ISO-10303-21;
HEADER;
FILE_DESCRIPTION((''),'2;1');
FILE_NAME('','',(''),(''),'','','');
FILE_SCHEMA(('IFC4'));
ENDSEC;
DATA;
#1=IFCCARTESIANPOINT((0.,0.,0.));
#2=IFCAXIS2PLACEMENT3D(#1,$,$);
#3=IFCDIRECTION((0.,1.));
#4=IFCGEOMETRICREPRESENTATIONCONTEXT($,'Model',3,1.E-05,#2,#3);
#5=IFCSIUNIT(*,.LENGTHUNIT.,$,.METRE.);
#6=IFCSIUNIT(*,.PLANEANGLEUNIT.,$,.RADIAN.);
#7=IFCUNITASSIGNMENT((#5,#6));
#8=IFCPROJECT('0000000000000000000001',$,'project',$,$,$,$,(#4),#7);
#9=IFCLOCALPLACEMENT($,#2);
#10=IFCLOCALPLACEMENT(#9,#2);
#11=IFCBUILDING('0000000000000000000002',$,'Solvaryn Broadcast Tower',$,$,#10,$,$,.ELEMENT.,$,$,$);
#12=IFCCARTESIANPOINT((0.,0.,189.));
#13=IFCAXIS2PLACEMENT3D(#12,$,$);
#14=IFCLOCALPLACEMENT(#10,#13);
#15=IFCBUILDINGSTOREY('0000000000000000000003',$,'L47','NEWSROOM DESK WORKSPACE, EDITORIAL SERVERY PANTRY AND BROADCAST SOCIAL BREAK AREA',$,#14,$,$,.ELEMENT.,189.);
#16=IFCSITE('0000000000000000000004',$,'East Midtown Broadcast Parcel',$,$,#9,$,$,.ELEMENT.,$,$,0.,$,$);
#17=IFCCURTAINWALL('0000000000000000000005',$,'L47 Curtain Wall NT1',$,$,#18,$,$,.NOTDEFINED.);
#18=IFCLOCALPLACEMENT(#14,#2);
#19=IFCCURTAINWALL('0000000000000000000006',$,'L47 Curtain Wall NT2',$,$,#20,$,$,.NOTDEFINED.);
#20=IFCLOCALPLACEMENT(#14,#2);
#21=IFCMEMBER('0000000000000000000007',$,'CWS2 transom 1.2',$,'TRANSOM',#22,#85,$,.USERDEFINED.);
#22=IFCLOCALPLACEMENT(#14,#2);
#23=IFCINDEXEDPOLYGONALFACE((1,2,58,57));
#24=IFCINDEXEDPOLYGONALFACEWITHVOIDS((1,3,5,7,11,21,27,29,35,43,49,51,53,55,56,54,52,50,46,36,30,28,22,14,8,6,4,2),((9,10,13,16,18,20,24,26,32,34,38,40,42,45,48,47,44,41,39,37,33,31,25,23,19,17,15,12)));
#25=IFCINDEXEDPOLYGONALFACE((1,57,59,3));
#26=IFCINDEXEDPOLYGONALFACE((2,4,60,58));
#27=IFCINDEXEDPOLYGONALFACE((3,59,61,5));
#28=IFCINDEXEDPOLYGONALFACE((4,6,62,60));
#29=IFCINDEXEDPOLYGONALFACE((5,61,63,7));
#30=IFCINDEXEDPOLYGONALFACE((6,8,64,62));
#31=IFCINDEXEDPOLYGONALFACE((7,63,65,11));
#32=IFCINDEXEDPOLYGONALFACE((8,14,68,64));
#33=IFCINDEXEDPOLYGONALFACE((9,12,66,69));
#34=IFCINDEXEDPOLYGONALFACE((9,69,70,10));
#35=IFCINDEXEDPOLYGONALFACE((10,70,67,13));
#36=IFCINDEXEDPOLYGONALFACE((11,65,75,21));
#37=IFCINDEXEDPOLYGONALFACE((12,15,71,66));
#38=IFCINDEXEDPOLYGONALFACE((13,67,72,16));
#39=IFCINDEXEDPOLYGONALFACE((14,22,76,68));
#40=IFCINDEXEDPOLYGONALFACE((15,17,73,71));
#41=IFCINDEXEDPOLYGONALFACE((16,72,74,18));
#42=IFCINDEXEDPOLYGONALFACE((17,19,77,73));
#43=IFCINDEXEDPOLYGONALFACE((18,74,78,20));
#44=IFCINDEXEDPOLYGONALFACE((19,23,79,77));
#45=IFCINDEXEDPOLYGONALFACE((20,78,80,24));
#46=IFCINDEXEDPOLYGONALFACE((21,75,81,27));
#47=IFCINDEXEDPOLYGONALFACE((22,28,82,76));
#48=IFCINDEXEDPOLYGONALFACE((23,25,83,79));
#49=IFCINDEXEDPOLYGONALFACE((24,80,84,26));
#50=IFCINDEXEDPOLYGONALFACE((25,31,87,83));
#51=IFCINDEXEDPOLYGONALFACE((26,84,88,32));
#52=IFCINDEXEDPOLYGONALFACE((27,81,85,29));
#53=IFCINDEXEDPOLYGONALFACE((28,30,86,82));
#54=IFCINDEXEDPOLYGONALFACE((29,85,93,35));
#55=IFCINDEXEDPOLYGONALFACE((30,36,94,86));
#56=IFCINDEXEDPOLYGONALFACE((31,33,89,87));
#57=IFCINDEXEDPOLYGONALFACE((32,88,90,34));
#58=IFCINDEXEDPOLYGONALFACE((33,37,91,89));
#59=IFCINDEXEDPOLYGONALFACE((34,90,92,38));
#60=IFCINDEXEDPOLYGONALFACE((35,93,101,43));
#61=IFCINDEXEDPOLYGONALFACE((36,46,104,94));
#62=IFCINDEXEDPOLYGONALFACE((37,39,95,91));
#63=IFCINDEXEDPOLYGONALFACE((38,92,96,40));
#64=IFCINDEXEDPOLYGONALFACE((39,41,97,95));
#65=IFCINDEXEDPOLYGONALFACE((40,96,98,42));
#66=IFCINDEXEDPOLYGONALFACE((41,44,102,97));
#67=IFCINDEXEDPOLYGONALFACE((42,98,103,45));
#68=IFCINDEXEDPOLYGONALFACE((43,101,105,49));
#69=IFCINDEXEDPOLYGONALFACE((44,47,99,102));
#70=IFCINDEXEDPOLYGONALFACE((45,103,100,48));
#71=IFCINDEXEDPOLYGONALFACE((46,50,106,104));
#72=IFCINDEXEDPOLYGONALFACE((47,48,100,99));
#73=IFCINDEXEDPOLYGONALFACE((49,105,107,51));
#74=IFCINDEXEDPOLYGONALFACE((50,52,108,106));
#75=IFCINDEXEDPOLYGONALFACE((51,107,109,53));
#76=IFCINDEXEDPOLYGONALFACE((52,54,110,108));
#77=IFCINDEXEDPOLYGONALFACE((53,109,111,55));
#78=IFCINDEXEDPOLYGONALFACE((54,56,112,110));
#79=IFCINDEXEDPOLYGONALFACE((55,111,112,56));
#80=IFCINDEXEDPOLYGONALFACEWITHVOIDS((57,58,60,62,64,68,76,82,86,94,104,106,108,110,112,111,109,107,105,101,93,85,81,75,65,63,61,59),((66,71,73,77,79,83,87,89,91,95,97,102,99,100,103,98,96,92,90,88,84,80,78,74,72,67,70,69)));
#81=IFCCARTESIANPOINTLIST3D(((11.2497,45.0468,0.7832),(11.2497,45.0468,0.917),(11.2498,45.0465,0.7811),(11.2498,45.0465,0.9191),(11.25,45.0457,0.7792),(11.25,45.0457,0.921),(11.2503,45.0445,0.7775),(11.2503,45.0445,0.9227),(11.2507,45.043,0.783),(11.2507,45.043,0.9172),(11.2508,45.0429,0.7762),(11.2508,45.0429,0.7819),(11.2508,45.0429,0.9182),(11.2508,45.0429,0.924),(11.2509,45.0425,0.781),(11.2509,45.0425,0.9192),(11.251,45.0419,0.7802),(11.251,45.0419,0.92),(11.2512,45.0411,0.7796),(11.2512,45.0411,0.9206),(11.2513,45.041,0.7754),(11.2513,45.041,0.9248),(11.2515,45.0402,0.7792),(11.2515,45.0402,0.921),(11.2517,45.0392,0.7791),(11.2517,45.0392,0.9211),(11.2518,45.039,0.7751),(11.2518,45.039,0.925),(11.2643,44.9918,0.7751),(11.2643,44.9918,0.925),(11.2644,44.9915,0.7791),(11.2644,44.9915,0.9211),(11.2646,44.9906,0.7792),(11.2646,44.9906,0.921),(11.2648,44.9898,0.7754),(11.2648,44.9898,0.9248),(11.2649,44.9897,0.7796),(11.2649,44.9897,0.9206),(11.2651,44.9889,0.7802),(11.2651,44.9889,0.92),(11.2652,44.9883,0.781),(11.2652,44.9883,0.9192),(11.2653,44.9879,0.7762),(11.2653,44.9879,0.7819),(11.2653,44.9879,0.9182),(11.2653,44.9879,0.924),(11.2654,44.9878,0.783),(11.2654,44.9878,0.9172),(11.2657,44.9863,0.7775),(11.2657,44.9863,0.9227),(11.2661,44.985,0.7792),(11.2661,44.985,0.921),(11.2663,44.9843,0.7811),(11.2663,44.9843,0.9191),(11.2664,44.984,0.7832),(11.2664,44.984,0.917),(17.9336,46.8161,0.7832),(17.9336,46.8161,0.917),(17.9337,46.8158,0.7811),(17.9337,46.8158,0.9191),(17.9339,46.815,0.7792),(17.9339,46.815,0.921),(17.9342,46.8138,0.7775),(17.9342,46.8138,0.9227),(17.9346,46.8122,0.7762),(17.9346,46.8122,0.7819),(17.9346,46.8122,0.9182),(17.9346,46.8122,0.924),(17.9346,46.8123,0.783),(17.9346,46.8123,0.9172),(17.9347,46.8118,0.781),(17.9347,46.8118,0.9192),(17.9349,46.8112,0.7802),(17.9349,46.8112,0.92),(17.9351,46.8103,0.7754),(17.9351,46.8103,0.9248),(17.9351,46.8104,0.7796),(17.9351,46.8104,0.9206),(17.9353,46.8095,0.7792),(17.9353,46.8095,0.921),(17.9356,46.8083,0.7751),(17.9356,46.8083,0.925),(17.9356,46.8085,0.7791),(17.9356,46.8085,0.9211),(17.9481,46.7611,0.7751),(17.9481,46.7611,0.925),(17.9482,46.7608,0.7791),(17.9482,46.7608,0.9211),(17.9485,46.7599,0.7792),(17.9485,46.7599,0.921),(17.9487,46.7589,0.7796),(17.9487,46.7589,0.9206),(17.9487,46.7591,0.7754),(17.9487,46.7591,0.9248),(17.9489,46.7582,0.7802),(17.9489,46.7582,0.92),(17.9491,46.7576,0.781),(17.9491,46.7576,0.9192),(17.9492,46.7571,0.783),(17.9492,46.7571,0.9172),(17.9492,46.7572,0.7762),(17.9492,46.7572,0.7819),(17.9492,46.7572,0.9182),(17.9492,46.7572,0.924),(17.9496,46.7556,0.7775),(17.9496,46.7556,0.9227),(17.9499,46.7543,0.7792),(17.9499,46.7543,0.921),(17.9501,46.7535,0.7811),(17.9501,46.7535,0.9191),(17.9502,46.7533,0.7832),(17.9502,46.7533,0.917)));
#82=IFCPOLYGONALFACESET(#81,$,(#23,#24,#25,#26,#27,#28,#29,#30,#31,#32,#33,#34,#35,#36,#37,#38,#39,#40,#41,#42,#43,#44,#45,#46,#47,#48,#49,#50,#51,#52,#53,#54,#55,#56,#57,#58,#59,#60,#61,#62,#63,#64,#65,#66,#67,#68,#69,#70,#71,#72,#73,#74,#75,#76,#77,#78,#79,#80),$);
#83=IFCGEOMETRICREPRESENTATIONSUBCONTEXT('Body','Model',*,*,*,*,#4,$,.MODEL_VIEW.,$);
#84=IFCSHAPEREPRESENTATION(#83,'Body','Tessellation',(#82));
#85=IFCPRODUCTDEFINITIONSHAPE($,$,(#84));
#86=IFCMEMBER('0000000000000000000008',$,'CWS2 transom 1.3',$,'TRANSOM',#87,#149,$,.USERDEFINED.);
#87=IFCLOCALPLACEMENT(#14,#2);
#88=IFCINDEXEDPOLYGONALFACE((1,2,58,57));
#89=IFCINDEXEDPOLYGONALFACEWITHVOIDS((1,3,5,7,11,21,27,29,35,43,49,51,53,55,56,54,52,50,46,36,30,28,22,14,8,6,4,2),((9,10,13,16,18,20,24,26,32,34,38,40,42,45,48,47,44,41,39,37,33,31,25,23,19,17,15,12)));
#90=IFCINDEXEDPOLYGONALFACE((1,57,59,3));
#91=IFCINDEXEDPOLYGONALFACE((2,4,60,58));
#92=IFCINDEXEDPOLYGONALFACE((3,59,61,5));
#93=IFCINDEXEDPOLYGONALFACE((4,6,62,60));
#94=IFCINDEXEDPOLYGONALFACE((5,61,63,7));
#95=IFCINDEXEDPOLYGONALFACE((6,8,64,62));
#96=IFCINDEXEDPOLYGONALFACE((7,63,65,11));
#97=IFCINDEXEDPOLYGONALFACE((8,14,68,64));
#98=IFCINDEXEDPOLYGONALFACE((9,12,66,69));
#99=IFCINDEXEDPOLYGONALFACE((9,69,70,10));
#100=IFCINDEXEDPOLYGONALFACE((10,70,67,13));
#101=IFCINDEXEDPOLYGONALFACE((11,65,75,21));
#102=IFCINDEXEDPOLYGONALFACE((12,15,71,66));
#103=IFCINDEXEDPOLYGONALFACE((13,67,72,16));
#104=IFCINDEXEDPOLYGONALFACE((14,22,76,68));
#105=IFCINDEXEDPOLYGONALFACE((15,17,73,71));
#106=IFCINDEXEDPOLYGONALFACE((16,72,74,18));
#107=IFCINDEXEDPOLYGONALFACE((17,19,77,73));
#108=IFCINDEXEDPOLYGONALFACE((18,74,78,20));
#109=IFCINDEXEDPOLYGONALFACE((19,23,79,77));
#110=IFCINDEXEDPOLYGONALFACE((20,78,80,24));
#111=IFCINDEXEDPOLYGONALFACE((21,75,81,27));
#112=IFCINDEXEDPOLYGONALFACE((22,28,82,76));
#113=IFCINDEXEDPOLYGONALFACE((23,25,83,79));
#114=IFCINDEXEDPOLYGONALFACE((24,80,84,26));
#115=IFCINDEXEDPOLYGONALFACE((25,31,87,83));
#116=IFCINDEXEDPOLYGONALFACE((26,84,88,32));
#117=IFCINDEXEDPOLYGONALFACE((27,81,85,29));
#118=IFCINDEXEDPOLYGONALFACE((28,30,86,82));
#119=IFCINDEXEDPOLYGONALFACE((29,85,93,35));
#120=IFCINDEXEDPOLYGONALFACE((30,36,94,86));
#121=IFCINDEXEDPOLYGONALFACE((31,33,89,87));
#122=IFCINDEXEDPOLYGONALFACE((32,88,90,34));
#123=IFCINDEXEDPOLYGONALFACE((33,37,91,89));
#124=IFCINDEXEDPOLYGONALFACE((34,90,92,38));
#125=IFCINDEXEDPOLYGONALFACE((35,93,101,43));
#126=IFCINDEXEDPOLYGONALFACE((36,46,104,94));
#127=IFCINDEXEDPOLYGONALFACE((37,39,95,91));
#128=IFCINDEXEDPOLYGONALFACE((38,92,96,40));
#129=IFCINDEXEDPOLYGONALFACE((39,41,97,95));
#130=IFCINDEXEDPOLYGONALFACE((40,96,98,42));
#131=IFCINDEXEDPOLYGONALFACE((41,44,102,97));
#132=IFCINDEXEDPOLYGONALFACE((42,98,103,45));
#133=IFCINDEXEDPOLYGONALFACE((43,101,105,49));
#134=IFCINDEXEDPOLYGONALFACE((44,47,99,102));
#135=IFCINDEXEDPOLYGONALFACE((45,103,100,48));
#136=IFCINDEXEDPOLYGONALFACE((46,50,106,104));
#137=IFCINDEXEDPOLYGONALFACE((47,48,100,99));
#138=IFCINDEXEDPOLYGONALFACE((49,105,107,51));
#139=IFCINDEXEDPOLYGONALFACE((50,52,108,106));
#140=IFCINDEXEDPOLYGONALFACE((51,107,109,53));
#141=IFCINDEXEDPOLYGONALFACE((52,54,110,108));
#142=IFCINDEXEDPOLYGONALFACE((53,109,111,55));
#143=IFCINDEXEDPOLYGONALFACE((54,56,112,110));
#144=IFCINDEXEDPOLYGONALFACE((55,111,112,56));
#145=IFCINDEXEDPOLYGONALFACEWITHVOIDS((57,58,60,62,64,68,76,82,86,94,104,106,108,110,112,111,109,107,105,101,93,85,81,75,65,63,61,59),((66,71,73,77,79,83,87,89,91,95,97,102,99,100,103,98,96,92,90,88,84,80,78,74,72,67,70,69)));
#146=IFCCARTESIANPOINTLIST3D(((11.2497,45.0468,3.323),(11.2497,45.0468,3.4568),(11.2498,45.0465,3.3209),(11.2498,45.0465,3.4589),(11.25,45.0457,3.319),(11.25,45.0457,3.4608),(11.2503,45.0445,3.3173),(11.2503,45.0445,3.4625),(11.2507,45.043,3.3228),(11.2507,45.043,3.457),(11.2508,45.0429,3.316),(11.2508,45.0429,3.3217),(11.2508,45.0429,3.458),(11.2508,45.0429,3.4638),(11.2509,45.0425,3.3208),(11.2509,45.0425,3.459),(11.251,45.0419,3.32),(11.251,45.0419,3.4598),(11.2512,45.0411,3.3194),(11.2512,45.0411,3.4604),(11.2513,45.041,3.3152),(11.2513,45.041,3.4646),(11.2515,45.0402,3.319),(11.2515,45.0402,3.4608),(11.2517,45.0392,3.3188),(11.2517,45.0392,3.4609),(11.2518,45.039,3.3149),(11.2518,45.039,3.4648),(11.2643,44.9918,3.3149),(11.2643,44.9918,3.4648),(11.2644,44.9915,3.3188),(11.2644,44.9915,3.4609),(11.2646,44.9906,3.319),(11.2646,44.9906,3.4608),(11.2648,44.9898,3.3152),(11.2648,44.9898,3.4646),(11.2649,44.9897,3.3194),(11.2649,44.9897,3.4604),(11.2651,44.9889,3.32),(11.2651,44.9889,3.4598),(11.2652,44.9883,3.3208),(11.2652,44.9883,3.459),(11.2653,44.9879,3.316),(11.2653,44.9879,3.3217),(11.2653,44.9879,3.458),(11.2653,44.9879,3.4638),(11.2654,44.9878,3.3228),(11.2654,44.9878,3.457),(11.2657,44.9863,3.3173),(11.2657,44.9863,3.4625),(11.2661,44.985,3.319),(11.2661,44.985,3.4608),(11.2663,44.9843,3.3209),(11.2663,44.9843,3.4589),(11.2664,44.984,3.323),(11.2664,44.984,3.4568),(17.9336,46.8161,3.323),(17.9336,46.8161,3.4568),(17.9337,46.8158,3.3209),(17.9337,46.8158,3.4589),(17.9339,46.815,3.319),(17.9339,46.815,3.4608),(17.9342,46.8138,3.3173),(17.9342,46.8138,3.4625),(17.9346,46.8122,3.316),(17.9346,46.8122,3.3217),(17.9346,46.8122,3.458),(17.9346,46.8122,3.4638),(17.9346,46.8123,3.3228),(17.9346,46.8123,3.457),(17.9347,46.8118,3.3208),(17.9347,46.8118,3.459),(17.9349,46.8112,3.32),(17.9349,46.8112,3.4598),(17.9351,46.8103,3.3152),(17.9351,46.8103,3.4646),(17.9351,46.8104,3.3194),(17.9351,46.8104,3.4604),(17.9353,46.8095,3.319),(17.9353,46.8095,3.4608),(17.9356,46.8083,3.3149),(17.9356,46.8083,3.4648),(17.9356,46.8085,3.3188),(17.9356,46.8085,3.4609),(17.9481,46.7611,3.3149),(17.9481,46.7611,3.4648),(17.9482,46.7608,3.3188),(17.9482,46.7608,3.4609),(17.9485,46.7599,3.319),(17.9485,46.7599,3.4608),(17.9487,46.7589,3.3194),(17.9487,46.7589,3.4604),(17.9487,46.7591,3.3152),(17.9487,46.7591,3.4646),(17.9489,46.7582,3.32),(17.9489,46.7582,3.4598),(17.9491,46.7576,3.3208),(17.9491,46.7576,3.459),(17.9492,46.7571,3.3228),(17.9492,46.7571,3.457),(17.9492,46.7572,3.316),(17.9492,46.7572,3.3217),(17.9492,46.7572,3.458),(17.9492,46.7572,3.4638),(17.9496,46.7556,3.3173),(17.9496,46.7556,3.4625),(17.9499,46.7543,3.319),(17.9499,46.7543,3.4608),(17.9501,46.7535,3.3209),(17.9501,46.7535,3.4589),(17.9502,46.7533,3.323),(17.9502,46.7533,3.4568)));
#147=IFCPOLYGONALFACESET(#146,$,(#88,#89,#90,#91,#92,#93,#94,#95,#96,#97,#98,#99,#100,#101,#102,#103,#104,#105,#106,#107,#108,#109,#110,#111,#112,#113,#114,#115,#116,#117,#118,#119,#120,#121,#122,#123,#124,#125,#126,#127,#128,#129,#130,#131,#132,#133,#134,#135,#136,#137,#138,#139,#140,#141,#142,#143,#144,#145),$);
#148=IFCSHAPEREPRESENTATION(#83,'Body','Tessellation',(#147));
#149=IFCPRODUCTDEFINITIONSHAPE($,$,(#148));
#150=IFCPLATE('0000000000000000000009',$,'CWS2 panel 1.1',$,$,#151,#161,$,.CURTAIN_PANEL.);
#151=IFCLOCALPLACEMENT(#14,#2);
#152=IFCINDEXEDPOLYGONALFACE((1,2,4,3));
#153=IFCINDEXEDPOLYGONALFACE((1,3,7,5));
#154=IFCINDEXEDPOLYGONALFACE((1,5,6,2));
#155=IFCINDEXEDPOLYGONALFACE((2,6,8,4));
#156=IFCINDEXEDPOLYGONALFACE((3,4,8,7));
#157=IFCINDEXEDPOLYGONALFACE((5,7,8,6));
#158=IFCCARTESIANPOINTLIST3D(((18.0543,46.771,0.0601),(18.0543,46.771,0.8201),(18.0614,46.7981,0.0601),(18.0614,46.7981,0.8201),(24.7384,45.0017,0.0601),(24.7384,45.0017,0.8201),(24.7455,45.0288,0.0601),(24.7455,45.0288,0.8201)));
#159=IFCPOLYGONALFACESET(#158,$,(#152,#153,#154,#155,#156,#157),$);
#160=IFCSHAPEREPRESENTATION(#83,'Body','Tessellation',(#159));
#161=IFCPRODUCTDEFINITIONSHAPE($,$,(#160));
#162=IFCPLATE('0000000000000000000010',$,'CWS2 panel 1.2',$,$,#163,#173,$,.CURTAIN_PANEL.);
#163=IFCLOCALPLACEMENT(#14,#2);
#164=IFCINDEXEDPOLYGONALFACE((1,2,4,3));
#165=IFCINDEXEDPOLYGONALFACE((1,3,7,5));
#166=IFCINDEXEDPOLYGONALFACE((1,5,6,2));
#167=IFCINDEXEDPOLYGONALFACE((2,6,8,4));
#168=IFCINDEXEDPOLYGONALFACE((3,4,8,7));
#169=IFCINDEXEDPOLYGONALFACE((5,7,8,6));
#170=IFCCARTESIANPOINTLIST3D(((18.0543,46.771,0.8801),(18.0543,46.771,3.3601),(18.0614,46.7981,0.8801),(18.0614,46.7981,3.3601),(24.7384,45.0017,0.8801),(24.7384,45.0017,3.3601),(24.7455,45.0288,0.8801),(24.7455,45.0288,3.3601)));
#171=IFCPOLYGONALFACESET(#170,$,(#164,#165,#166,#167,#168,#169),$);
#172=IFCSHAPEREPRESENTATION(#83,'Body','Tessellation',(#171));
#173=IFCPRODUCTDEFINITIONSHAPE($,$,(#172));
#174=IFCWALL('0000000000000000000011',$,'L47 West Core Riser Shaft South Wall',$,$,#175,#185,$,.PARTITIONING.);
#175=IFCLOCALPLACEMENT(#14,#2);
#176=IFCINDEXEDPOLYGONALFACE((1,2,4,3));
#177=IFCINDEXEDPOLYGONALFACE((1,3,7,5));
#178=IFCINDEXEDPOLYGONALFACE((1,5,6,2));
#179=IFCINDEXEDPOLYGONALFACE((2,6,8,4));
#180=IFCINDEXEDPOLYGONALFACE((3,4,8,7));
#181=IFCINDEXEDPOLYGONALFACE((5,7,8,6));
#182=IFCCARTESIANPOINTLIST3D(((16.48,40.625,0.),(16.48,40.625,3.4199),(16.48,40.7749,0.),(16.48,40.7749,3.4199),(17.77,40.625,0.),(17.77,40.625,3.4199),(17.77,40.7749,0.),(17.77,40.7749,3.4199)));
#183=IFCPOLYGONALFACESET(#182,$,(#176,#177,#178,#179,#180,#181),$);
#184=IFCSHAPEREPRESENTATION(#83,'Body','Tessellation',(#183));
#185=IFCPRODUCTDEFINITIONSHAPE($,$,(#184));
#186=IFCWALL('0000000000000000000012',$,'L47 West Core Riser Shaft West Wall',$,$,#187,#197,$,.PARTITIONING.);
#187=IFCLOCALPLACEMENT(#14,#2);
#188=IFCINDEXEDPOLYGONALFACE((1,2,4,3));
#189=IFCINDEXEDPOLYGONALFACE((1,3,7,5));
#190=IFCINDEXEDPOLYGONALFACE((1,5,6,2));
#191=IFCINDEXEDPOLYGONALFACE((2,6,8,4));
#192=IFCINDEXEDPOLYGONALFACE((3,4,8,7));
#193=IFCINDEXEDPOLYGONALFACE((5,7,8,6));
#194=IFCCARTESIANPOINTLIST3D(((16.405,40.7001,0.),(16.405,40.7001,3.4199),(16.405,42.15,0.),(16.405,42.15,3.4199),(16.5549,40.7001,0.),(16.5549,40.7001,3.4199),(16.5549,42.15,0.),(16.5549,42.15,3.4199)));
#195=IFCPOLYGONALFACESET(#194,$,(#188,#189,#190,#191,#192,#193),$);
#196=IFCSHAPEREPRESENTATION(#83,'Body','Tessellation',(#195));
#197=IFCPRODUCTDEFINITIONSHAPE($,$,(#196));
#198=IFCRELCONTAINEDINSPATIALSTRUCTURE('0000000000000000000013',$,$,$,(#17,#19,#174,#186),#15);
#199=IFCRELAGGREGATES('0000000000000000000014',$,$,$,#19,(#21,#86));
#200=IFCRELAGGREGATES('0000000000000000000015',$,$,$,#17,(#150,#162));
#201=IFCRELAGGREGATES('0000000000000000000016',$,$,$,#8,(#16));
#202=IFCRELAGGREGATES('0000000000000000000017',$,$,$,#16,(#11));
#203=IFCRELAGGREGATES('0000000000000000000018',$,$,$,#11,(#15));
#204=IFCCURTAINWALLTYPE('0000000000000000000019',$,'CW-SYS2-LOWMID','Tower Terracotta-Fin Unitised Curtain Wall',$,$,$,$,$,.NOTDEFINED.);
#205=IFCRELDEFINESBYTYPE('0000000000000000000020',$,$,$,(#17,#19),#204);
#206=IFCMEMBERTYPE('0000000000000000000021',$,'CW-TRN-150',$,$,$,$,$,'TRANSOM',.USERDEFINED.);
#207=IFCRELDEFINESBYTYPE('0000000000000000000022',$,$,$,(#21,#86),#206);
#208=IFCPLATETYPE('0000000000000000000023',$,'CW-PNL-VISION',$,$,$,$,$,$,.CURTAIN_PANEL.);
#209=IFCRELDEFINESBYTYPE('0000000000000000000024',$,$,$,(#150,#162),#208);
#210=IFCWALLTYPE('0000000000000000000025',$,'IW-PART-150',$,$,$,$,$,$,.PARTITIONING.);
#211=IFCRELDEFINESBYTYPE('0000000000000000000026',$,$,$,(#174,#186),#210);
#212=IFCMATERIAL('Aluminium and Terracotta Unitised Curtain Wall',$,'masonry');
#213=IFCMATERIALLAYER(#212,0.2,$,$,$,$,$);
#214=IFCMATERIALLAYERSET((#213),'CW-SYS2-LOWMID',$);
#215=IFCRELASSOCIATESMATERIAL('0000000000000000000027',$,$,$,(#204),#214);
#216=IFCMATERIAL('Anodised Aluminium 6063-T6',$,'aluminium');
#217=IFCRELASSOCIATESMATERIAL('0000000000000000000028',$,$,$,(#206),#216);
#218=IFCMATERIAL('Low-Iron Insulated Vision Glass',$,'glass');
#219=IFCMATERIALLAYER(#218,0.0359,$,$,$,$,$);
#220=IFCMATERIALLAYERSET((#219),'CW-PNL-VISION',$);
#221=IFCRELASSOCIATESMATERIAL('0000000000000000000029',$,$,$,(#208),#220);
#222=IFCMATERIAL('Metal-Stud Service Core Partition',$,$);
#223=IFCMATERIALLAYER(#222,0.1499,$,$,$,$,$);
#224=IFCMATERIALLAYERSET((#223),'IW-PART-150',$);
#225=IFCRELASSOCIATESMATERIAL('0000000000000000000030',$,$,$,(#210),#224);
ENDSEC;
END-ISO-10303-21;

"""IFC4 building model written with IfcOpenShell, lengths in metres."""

from ifc_helpers import new_model, si_unit, direction, frame, frame_2d, origin, origin_2d, place, context, subcontext, project, spatial, rectangle, hollow_rectangle, extrude, material, layer, layer_set, material_profile, profile_set, type_object, element, aggregate, save


model = new_model("IFC4")

# Units and contexts
model_context = context("Model", 3, precision=1e-05, world=origin(), true_north=direction((0.0, 1.0)))
body_context = subcontext(model_context, "Body", "Model", "MODEL_VIEW")
ifc_project = project(units=[si_unit("LENGTHUNIT", "METRE"), si_unit("PLANEANGLEUNIT", "RADIAN")], contexts=[model_context])

# Site, building, storey
site_placement = place(None, origin())
site = spatial("IfcSite", under=ifc_project, at=site_placement, Name="East Midtown Broadcast Parcel", CompositionType="ELEMENT", RefElevation=0.0)
building_placement = place(site_placement, origin())
building = spatial("IfcBuilding", under=site, at=building_placement, Name="Solvaryn Broadcast Tower", CompositionType="ELEMENT")
storey_placement = place(building_placement, frame((0.0, 0.0, 189.0)))
storey = spatial("IfcBuildingStorey", under=building, at=storey_placement, Name="L47", Description="NEWSROOM DESK WORKSPACE, EDITORIAL SERVERY PANTRY AND BROADCAST SOCIAL BREAK AREA", CompositionType="ELEMENT", Elevation=189.0)

# Curtain wall
ifc_material_1 = material(Name="Aluminium and Terracotta Unitised Curtain Wall", Category="masonry")
ifc_layer_1 = layer(ifc_material_1, 0.2)
ifc_layer_set_1 = layer_set([ifc_layer_1], Name="CW-SYS2-LOWMID")
curtain_wall_type = type_object("IfcCurtainWallType", Name="CW-SYS2-LOWMID", Description="Tower Terracotta-Fin Unitised Curtain Wall", PredefinedType="NOTDEFINED", material=ifc_layer_set_1)
curtain_wall_1_placement = place(storey_placement, origin())
curtain_wall_1 = element("IfcCurtainWall", 1, at=curtain_wall_1_placement, inside=storey, type_object=curtain_wall_type, Name="L47 Curtain Wall NT1", PredefinedType="NOTDEFINED")

# Curtain wall, members
curtain_wall_2_placement = place(storey_placement, origin())
curtain_wall_2 = element("IfcCurtainWall", 2, at=curtain_wall_2_placement, inside=storey, type_object=curtain_wall_type, Name="L47 Curtain Wall NT2", PredefinedType="NOTDEFINED")
ifc_material_2 = material(Name="Anodised Aluminium 6063-T6", Category="aluminium")
ifc_material_profile_1 = material_profile(ifc_material_2, hollow_rectangle(XDim=0.0649, YDim=0.1499, WallThickness=0.0039, InnerFilletRadius=0.0039, OuterFilletRadius=0.0081, at=origin_2d()))
ifc_profile_set_1 = profile_set([ifc_material_profile_1], Name="Anodised Aluminium 6063-T6")
member_type_1 = type_object("IfcMemberType", Name="CW-TRN-150", ElementType="TRANSOM", PredefinedType="USERDEFINED", material=ifc_profile_set_1)
member_1_placement = place(storey_placement, frame((17.9419, 46.7847, 0.8501), z_axis=(-0.966704, -0.255897, 0.0), x_axis=(0.255897, -0.966704, 0.0)))
member_1 = element("IfcMember", 3, at=member_1_placement, type_object=member_type_1, Name="CWS2 transom 1.2", ObjectType="TRANSOM", PredefinedType="USERDEFINED", context=body_context, shape_type="SweptSolid", body=[
    extrude(hollow_rectangle(XDim=0.0649, YDim=0.1499, WallThickness=0.0039, InnerFilletRadius=0.0039, OuterFilletRadius=0.0081, at=origin_2d()), origin(), (0.0, 0.0, 1.0), 6.9141),
])
member_2_placement = place(storey_placement, frame((17.9419, 46.7847, 3.3899), z_axis=(-0.966704, -0.255897, 0.0), x_axis=(0.255897, -0.966704, 0.0)))
member_2 = element("IfcMember", 4, at=member_2_placement, type_object=member_type_1, Name="CWS2 transom 1.3", ObjectType="TRANSOM", PredefinedType="USERDEFINED", context=body_context, shape_type="SweptSolid", body=[
    extrude(hollow_rectangle(XDim=0.0649, YDim=0.1499, WallThickness=0.0039, InnerFilletRadius=0.0039, OuterFilletRadius=0.0081, at=origin_2d()), origin(), (0.0, 0.0, 1.0), 6.9141),
])
aggregate(curtain_wall_2, [member_1, member_2])

# Plates
ifc_material_3 = material(Name="Low-Iron Insulated Vision Glass", Category="glass")
ifc_layer_2 = layer(ifc_material_3, 0.0359)
ifc_layer_set_2 = layer_set([ifc_layer_2], Name="CW-PNL-VISION")
plate_type = type_object("IfcPlateType", Name="CW-PNL-VISION", PredefinedType="CURTAIN_PANEL", material=ifc_layer_set_2)
plate_1_placement = place(storey_placement, frame((21.3999, 45.8999, 0.0601), z_axis=(0.0, 0.0, 1.0), x_axis=(-0.966705, 0.255893, 0.0)))
plate_1 = element("IfcPlate", 5, at=plate_1_placement, type_object=plate_type, Name="CWS2 panel 1.1", PredefinedType="CURTAIN_PANEL", context=body_context, shape_type="SweptSolid", body=[
    extrude(rectangle(XDim=6.9143, YDim=0.0281, at=origin_2d()), origin(), (0.0, 0.0, 1.0), 0.76),
])
plate_2_placement = place(storey_placement, frame((21.3999, 45.8999, 0.8801), z_axis=(0.0, 0.0, 1.0), x_axis=(-0.966705, 0.255893, 0.0)))
plate_2 = element("IfcPlate", 6, at=plate_2_placement, type_object=plate_type, Name="CWS2 panel 1.2", PredefinedType="CURTAIN_PANEL", context=body_context, shape_type="SweptSolid", body=[
    extrude(rectangle(XDim=6.9143, YDim=0.0281, at=origin_2d()), origin(), (0.0, 0.0, 1.0), 2.48),
])
aggregate(curtain_wall_1, [plate_1, plate_2])

# Walls
ifc_material_4 = material(Name="Metal-Stud Service Core Partition")
ifc_layer_3 = layer(ifc_material_4, 0.1499)
ifc_layer_set_3 = layer_set([ifc_layer_3], Name="IW-PART-150")
wall_type_1 = type_object("IfcWallType", Name="IW-PART-150", PredefinedType="PARTITIONING", material=ifc_layer_set_3)
wall_1_placement = place(storey_placement, frame((16.48, 40.7, 0.0), z_axis=(0.0, 0.0, 1.0), x_axis=(1.0, 0.0, 0.0)))
element("IfcWall", 7, at=wall_1_placement, inside=storey, type_object=wall_type_1, Name="L47 West Core Riser Shaft South Wall", PredefinedType="PARTITIONING", context=body_context, shape_type="SweptSolid", body=[
    extrude(rectangle(XDim=1.29, YDim=0.1499, at=frame_2d((0.645, 0.0))), origin(), (0.0, 0.0, 1.0), 3.4199),
])
wall_2_placement = place(storey_placement, frame((16.48, 40.7, 0.0), z_axis=(0.0, 0.0, 1.0), x_axis=(0.0, 1.0, 0.0)))
element("IfcWall", 8, at=wall_2_placement, inside=storey, type_object=wall_type_1, Name="L47 West Core Riser Shaft West Wall", PredefinedType="PARTITIONING", context=body_context, shape_type="SweptSolid", body=[
    extrude(rectangle(XDim=1.45, YDim=0.1499, at=frame_2d((0.7251, 0.0))), origin(), (0.0, 0.0, 1.0), 3.4199),
])

save(model, "model.ifc")
